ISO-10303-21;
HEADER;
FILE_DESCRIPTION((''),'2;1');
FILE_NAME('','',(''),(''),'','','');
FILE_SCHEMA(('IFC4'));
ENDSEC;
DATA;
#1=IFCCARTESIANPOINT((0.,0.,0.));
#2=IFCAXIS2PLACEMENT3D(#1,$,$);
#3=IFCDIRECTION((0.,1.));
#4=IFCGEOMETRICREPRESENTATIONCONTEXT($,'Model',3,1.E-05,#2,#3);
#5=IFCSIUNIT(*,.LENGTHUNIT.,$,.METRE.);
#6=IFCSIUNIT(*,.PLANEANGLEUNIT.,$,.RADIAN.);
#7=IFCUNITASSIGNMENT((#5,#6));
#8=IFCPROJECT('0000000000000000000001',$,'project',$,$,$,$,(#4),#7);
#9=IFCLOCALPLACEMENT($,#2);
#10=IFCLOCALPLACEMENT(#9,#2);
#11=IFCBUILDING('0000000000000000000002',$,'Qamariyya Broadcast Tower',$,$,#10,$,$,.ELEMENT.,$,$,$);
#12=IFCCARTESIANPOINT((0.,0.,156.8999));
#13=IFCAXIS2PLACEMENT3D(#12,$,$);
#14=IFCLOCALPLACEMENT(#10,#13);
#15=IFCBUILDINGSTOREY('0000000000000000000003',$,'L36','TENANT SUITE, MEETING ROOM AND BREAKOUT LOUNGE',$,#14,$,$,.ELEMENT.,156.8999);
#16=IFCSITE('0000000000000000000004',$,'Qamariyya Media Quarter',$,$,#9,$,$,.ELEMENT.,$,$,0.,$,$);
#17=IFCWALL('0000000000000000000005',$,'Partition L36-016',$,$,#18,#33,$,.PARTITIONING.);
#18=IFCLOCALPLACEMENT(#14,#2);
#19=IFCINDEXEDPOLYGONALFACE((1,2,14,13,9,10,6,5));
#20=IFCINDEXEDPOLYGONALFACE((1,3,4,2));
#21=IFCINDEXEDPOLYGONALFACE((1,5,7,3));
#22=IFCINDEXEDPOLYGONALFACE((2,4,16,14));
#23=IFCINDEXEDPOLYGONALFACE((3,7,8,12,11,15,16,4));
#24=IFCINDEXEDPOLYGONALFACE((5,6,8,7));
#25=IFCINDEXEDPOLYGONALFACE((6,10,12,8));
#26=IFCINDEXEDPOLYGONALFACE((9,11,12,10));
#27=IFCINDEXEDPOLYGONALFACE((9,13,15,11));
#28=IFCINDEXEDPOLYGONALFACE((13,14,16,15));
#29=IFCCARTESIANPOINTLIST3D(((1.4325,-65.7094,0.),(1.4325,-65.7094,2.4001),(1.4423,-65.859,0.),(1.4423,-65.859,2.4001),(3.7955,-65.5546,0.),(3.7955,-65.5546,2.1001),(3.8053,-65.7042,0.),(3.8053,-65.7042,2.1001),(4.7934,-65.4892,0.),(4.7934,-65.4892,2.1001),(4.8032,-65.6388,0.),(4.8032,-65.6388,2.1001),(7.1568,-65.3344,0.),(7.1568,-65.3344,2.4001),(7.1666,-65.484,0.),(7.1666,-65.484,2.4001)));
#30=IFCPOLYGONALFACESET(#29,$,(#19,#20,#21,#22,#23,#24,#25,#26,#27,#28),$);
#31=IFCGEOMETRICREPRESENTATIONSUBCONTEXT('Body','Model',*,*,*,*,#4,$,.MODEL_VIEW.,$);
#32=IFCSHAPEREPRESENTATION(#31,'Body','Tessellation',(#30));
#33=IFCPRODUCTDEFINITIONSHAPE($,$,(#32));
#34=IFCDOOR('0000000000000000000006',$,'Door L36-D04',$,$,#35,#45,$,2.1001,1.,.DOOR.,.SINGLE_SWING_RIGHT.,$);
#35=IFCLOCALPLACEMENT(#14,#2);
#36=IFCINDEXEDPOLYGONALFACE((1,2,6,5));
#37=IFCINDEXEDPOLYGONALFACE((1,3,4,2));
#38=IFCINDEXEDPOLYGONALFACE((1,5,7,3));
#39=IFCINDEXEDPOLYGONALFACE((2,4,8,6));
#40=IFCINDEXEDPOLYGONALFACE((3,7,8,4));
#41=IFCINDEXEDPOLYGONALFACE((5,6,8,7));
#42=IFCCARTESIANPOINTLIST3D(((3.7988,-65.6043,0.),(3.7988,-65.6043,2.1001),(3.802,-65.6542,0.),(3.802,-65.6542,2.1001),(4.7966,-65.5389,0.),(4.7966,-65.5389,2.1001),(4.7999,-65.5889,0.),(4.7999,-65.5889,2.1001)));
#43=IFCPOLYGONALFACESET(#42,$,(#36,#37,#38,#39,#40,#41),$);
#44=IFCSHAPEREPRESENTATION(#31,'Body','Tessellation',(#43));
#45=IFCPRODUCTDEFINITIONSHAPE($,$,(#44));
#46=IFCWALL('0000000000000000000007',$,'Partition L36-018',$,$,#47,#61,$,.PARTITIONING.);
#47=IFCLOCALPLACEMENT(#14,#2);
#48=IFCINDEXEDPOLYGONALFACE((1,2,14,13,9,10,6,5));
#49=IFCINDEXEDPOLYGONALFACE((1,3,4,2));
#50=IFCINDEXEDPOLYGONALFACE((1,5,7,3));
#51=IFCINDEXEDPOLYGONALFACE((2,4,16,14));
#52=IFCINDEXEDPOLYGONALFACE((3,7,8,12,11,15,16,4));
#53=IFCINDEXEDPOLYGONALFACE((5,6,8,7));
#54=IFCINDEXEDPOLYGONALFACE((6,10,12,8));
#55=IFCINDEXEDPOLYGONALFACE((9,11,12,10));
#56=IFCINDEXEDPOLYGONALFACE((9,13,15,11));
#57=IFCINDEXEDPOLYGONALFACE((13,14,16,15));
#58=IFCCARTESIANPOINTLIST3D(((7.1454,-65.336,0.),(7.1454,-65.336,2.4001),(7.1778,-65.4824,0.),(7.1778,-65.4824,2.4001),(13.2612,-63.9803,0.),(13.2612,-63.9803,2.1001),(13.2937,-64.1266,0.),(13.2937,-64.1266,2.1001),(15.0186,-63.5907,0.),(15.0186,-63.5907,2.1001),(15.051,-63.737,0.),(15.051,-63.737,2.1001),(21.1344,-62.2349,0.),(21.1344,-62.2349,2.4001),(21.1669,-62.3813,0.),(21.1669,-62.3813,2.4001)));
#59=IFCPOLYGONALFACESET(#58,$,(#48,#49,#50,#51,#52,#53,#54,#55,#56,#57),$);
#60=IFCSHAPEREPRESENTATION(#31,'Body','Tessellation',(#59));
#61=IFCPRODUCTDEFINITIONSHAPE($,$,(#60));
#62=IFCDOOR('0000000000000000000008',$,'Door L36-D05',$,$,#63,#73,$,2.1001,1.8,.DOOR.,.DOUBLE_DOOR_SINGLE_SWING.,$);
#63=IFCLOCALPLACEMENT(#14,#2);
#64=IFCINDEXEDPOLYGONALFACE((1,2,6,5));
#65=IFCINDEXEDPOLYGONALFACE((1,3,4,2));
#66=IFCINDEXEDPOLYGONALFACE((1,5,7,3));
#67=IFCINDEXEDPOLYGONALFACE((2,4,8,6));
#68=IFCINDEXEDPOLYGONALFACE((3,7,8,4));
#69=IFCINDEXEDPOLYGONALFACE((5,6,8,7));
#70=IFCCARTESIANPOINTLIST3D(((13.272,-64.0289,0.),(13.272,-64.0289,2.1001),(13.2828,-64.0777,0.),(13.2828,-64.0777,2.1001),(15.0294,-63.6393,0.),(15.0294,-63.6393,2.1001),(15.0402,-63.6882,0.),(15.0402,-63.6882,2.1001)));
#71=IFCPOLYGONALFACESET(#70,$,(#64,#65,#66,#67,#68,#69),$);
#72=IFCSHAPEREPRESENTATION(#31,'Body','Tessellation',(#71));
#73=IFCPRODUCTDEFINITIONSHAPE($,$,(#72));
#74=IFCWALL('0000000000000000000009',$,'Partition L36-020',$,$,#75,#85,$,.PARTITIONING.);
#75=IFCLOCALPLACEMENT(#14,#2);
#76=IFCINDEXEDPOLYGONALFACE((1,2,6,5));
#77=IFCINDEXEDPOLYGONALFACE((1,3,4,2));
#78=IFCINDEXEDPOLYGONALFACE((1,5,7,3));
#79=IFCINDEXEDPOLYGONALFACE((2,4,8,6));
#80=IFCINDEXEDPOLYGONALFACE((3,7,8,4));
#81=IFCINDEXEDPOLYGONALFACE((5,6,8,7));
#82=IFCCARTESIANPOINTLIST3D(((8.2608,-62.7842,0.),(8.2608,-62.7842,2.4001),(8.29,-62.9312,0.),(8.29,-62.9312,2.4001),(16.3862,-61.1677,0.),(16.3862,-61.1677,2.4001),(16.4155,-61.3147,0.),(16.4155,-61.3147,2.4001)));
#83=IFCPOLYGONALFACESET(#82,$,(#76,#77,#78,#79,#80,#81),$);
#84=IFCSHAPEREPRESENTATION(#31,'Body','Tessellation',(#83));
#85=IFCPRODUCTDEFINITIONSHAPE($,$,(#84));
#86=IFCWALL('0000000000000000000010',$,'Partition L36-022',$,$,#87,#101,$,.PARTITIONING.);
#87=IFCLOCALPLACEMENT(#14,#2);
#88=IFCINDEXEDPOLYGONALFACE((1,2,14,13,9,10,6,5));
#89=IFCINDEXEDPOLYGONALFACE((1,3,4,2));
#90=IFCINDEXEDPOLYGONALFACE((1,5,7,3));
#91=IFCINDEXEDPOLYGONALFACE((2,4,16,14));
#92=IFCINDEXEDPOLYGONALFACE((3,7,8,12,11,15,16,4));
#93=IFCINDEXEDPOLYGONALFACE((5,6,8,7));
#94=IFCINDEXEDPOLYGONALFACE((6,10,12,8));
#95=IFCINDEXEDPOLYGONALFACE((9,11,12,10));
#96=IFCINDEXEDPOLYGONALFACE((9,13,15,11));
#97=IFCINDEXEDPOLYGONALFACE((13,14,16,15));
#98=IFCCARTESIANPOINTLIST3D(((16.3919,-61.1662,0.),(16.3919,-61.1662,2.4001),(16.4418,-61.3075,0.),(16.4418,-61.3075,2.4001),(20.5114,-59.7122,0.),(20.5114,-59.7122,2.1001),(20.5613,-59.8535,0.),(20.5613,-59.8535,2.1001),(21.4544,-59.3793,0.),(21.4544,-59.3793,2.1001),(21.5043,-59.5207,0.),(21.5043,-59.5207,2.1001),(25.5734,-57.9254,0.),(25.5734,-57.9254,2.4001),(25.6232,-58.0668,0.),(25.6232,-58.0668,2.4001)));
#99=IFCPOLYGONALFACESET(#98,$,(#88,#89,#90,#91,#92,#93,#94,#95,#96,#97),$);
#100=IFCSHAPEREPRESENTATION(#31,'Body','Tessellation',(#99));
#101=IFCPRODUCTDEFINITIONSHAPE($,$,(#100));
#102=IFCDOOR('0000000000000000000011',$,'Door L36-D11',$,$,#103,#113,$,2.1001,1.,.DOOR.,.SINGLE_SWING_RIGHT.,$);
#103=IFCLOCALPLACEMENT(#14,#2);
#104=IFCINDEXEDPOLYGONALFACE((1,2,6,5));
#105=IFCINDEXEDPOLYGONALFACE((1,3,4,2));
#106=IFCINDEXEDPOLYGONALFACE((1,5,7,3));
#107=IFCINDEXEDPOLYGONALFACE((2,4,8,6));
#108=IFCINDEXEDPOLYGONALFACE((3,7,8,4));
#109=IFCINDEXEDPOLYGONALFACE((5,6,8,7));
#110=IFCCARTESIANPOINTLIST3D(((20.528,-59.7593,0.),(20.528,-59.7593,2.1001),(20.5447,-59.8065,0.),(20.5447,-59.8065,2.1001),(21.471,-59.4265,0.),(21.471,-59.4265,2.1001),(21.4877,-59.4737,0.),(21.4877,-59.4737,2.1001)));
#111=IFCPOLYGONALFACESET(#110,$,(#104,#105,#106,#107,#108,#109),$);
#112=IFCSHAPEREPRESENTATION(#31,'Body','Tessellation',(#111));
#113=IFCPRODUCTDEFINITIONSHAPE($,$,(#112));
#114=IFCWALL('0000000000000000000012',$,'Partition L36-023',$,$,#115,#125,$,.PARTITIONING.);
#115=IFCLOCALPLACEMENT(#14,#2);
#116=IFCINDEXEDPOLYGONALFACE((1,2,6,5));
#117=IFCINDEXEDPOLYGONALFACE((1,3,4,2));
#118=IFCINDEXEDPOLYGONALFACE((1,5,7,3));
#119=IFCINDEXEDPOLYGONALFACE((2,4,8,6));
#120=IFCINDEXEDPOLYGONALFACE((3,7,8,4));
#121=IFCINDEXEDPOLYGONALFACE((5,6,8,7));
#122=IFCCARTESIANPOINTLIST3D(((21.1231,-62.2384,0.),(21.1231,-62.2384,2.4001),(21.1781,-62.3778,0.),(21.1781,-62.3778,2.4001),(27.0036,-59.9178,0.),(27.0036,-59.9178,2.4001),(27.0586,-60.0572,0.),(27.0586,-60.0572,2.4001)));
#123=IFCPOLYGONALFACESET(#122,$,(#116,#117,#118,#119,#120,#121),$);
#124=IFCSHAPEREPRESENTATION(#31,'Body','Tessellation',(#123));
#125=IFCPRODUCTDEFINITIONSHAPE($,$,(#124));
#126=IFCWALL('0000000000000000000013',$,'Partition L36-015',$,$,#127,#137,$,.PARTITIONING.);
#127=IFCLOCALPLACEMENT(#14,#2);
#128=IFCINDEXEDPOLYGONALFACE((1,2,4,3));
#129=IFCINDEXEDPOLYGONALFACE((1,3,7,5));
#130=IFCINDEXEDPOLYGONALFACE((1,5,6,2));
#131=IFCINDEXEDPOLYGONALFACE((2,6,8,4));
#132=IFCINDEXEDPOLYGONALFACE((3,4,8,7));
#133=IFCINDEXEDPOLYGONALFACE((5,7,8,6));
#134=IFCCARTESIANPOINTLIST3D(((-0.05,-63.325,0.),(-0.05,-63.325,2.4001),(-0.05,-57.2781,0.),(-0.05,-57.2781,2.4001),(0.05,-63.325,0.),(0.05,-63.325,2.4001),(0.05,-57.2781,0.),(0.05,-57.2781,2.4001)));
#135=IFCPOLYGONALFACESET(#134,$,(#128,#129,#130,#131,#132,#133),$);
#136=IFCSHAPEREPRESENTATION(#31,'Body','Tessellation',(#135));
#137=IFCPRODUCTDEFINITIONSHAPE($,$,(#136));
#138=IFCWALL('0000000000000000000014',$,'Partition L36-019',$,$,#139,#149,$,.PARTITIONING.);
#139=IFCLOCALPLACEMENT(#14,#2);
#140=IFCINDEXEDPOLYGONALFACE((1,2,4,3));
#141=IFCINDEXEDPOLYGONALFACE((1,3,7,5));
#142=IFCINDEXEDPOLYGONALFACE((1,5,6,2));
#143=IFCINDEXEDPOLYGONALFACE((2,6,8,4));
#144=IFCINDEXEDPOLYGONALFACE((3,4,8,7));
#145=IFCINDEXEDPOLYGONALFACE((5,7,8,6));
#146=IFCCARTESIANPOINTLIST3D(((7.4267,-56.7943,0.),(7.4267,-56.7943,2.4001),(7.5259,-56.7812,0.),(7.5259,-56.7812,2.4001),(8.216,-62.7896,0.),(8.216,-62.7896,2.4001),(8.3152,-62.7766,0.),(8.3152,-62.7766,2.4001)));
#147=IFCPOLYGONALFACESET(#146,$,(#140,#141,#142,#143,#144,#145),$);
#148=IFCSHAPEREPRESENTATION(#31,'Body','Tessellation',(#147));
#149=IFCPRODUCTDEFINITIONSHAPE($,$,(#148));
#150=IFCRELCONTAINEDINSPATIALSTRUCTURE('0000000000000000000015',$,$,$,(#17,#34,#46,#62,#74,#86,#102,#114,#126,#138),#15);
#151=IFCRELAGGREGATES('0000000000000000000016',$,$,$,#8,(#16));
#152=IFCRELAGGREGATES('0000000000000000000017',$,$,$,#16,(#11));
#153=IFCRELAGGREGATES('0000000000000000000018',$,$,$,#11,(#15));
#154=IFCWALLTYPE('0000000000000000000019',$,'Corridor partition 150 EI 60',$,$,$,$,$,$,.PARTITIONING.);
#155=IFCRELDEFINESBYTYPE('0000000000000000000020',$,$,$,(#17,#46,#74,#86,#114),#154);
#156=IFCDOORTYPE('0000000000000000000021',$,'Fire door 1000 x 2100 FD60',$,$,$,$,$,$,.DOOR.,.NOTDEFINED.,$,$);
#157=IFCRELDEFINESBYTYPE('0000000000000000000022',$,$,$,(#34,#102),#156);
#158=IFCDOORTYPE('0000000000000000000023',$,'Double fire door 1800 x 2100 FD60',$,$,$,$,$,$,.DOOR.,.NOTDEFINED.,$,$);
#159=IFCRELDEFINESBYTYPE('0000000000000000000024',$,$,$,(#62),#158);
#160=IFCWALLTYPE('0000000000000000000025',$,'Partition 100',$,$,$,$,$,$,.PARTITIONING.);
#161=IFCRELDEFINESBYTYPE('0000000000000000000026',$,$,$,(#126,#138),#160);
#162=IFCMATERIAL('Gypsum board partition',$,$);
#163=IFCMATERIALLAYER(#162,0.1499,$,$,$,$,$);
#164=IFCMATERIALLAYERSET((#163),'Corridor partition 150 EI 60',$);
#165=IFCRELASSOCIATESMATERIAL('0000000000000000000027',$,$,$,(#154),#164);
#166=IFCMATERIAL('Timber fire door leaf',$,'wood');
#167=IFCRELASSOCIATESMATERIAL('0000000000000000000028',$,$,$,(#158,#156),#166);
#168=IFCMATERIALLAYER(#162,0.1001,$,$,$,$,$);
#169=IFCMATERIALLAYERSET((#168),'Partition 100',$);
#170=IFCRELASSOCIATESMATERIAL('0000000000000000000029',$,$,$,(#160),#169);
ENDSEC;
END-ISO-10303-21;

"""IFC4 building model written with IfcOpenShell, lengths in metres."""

from ifc_helpers import new_model, si_unit, direction, frame, frame_2d, origin, place, context, subcontext, project, spatial, rectangle, extrude, material, layer, layer_set, type_object, element, fill, save


model = new_model("IFC4")

# Units and contexts
model_context = context("Model", 3, precision=1e-05, world=origin(), true_north=direction((0.0, 1.0)))
body_context = subcontext(model_context, "Body", "Model", "MODEL_VIEW")
ifc_project = project(units=[si_unit("LENGTHUNIT", "METRE"), si_unit("PLANEANGLEUNIT", "RADIAN")], contexts=[model_context])

# Site, building, storey
site_placement = place(None, origin())
site = spatial("IfcSite", under=ifc_project, at=site_placement, Name="Qamariyya Media Quarter", CompositionType="ELEMENT", RefElevation=0.0)
building_placement = place(site_placement, origin())
building = spatial("IfcBuilding", under=site, at=building_placement, Name="Qamariyya Broadcast Tower", CompositionType="ELEMENT")
storey_placement = place(building_placement, frame((0.0, 0.0, 156.8999)))
storey = spatial("IfcBuildingStorey", under=building, at=storey_placement, Name="L36", Description="TENANT SUITE, MEETING ROOM AND BREAKOUT LOUNGE", CompositionType="ELEMENT", Elevation=156.8999)

# Walls, openings, doors
ifc_material_1 = material(Name="Gypsum board partition")
ifc_layer_1 = layer(ifc_material_1, 0.1499)
ifc_layer_set_1 = layer_set([ifc_layer_1], Name="Corridor partition 150 EI 60")
wall_type_1 = type_object("IfcWallType", Name="Corridor partition 150 EI 60", PredefinedType="PARTITIONING", material=ifc_layer_set_1)
ifc_material_2 = material(Name="Timber fire door leaf", Category="wood")
door_type_1 = type_object("IfcDoorType", Name="Double fire door 1800 x 2100 FD60", OperationType="NOTDEFINED", PredefinedType="DOOR", material=ifc_material_2)
wall_1_placement = place(storey_placement, frame((7.1616, -65.4092, 0.0), z_axis=(0.0, 0.0, 1.0), x_axis=(-0.997861, -0.065369, 0.0)))
wall_1 = element("IfcWall", 1, at=wall_1_placement, inside=storey, type_object=wall_type_1, Name="Partition L36-016", PredefinedType="PARTITIONING", context=body_context, shape_type="SweptSolid", body=[
    extrude(rectangle(XDim=5.7366, YDim=0.1499, at=frame_2d((2.8682, 0.0))), origin(), (0.0, 0.0, 1.0), 2.4001),
])
opening_1_placement = place(wall_1_placement, frame((2.3684, 0.0, 0.0)))
opening_1 = element("IfcOpeningElement", 2, at=opening_1_placement, cuts=wall_1, PredefinedType="OPENING", context=body_context, shape_type="SweptSolid", body=[
    extrude(rectangle(XDim=1.0, YDim=2.1001, at=frame_2d((0.5, 1.05))), frame((0.0, 0.085, 0.0), z_axis=(0.0, -1.0, 0.0), x_axis=(1.0, 0.0, 0.0)), (0.0, 0.0, 1.0), 0.1699),
])
door_type_2 = type_object("IfcDoorType", Name="Fire door 1000 x 2100 FD60", OperationType="NOTDEFINED", PredefinedType="DOOR", material=ifc_material_2)
door_1_placement = place(opening_1_placement, origin())
door_1 = element("IfcDoor", 3, at=door_1_placement, inside=storey, type_object=door_type_2, Name="Door L36-D04", OperationType="SINGLE_SWING_RIGHT", OverallHeight=2.1001, OverallWidth=1.0, PredefinedType="DOOR", context=body_context, shape_type="SweptSolid", body=[
    extrude(rectangle(XDim=1.0, YDim=2.1001, at=frame_2d((0.5, 1.05))), frame((0.0, 0.0249, 0.0), z_axis=(0.0, -1.0, 0.0), x_axis=(1.0, 0.0, 0.0)), (0.0, 0.0, 1.0), 0.05),
])
fill(opening_1, door_1)
wall_2_placement = place(storey_placement, frame((21.1506, -62.3081, 0.0), z_axis=(0.0, 0.0, 1.0), x_axis=(-0.976299, -0.216425, 0.0)))
wall_2 = element("IfcWall", 4, at=wall_2_placement, inside=storey, type_object=wall_type_1, Name="Partition L36-018", PredefinedType="PARTITIONING", context=body_context, shape_type="SweptSolid", body=[
    extrude(rectangle(XDim=14.3286, YDim=0.1499, at=frame_2d((7.1643, 0.0))), origin(), (0.0, 0.0, 1.0), 2.4001),
])
opening_2_placement = place(wall_2_placement, frame((6.2644, 0.0, 0.0)))
opening_2 = element("IfcOpeningElement", 5, at=opening_2_placement, cuts=wall_2, PredefinedType="OPENING", context=body_context, shape_type="SweptSolid", body=[
    extrude(rectangle(XDim=1.8, YDim=2.1001, at=frame_2d((0.8999, 1.05))), frame((0.0, 0.085, 0.0), z_axis=(0.0, -1.0, 0.0), x_axis=(1.0, 0.0, 0.0)), (0.0, 0.0, 1.0), 0.1699),
])
door_2_placement = place(opening_2_placement, origin())
door_2 = element("IfcDoor", 6, at=door_2_placement, inside=storey, type_object=door_type_1, Name="Door L36-D05", OperationType="DOUBLE_DOOR_SINGLE_SWING", OverallHeight=2.1001, OverallWidth=1.8, PredefinedType="DOOR", context=body_context, shape_type="SweptSolid", body=[
    extrude(rectangle(XDim=1.8, YDim=2.1001, at=frame_2d((0.8999, 1.05))), frame((0.0, 0.0249, 0.0), z_axis=(0.0, -1.0, 0.0), x_axis=(1.0, 0.0, 0.0)), (0.0, 0.0, 1.0), 0.05),
])
fill(opening_2, door_2)

# Wall
wall_3_placement = place(storey_placement, frame((8.2754, -62.8577, 0.0), z_axis=(0.0, 0.0, 1.0), x_axis=(0.980781, 0.195113, 0.0)))
element("IfcWall", 7, at=wall_3_placement, inside=storey, type_object=wall_type_1, Name="Partition L36-020", PredefinedType="PARTITIONING", context=body_context, shape_type="SweptSolid", body=[
    extrude(rectangle(XDim=8.2847, YDim=0.1499, at=frame_2d((4.1423, 0.0))), origin(), (0.0, 0.0, 1.0), 2.4001),
])

# Wall, opening, door
wall_4_placement = place(storey_placement, frame((16.417, -61.2368, 0.0), z_axis=(0.0, 0.0, 1.0), x_axis=(0.942983, 0.332841, 0.0)))
wall_4 = element("IfcWall", 8, at=wall_4_placement, inside=storey, type_object=wall_type_1, Name="Partition L36-022", PredefinedType="PARTITIONING", context=body_context, shape_type="SweptSolid", body=[
    extrude(rectangle(XDim=9.7366, YDim=0.1499, at=frame_2d((4.8682, 0.0))), origin(), (0.0, 0.0, 1.0), 2.4001),
])
opening_3_placement = place(wall_4_placement, frame((4.3684, 0.0, 0.0)))
opening_3 = element("IfcOpeningElement", 9, at=opening_3_placement, cuts=wall_4, PredefinedType="OPENING", context=body_context, shape_type="SweptSolid", body=[
    extrude(rectangle(XDim=1.0, YDim=2.1001, at=frame_2d((0.5, 1.05))), frame((0.0, 0.085, 0.0), z_axis=(0.0, -1.0, 0.0), x_axis=(1.0, 0.0, 0.0)), (0.0, 0.0, 1.0), 0.1699),
])
door_3_placement = place(opening_3_placement, origin())
door_3 = element("IfcDoor", 10, at=door_3_placement, inside=storey, type_object=door_type_2, Name="Door L36-D11", OperationType="SINGLE_SWING_RIGHT", OverallHeight=2.1001, OverallWidth=1.0, PredefinedType="DOOR", context=body_context, shape_type="SweptSolid", body=[
    extrude(rectangle(XDim=1.0, YDim=2.1001, at=frame_2d((0.5, 1.05))), frame((0.0, 0.0249, 0.0), z_axis=(0.0, -1.0, 0.0), x_axis=(1.0, 0.0, 0.0)), (0.0, 0.0, 1.0), 0.05),
])
fill(opening_3, door_3)

# Walls
wall_5_placement = place(storey_placement, frame((21.1506, -62.3081, 0.0), z_axis=(0.0, 0.0, 1.0), x_axis=(0.93019, 0.367079, 0.0)))
element("IfcWall", 11, at=wall_5_placement, inside=storey, type_object=wall_type_1, Name="Partition L36-023", PredefinedType="PARTITIONING", context=body_context, shape_type="SweptSolid", body=[
    extrude(rectangle(XDim=6.3218, YDim=0.1499, at=frame_2d((3.1609, 0.0))), origin(), (0.0, 0.0, 1.0), 2.4001),
])
ifc_layer_2 = layer(ifc_material_1, 0.1001)
ifc_layer_set_2 = layer_set([ifc_layer_2], Name="Partition 100")
wall_type_2 = type_object("IfcWallType", Name="Partition 100", PredefinedType="PARTITIONING", material=ifc_layer_set_2)
wall_6_placement = place(storey_placement, frame((0.0, -57.2781, 0.0), z_axis=(0.0, 0.0, 1.0), x_axis=(0.0, -1.0, 0.0)))
element("IfcWall", 12, at=wall_6_placement, inside=storey, type_object=wall_type_2, Name="Partition L36-015", PredefinedType="PARTITIONING", context=body_context, shape_type="SweptSolid", body=[
    extrude(rectangle(XDim=6.0469, YDim=0.1001, at=frame_2d((3.0234, 0.0))), origin(), (0.0, 0.0, 1.0), 2.4001),
])
wall_7_placement = place(storey_placement, frame((7.4763, -56.7878, 0.0), z_axis=(0.0, 0.0, 1.0), x_axis=(0.130527, -0.991445, 0.0)))
element("IfcWall", 13, at=wall_7_placement, inside=storey, type_object=wall_type_2, Name="Partition L36-019", PredefinedType="PARTITIONING", context=body_context, shape_type="SweptSolid", body=[
    extrude(rectangle(XDim=6.0471, YDim=0.1001, at=frame_2d((3.0234, 0.0))), origin(), (0.0, 0.0, 1.0), 2.4001),
])

save(model, "model.ifc")
